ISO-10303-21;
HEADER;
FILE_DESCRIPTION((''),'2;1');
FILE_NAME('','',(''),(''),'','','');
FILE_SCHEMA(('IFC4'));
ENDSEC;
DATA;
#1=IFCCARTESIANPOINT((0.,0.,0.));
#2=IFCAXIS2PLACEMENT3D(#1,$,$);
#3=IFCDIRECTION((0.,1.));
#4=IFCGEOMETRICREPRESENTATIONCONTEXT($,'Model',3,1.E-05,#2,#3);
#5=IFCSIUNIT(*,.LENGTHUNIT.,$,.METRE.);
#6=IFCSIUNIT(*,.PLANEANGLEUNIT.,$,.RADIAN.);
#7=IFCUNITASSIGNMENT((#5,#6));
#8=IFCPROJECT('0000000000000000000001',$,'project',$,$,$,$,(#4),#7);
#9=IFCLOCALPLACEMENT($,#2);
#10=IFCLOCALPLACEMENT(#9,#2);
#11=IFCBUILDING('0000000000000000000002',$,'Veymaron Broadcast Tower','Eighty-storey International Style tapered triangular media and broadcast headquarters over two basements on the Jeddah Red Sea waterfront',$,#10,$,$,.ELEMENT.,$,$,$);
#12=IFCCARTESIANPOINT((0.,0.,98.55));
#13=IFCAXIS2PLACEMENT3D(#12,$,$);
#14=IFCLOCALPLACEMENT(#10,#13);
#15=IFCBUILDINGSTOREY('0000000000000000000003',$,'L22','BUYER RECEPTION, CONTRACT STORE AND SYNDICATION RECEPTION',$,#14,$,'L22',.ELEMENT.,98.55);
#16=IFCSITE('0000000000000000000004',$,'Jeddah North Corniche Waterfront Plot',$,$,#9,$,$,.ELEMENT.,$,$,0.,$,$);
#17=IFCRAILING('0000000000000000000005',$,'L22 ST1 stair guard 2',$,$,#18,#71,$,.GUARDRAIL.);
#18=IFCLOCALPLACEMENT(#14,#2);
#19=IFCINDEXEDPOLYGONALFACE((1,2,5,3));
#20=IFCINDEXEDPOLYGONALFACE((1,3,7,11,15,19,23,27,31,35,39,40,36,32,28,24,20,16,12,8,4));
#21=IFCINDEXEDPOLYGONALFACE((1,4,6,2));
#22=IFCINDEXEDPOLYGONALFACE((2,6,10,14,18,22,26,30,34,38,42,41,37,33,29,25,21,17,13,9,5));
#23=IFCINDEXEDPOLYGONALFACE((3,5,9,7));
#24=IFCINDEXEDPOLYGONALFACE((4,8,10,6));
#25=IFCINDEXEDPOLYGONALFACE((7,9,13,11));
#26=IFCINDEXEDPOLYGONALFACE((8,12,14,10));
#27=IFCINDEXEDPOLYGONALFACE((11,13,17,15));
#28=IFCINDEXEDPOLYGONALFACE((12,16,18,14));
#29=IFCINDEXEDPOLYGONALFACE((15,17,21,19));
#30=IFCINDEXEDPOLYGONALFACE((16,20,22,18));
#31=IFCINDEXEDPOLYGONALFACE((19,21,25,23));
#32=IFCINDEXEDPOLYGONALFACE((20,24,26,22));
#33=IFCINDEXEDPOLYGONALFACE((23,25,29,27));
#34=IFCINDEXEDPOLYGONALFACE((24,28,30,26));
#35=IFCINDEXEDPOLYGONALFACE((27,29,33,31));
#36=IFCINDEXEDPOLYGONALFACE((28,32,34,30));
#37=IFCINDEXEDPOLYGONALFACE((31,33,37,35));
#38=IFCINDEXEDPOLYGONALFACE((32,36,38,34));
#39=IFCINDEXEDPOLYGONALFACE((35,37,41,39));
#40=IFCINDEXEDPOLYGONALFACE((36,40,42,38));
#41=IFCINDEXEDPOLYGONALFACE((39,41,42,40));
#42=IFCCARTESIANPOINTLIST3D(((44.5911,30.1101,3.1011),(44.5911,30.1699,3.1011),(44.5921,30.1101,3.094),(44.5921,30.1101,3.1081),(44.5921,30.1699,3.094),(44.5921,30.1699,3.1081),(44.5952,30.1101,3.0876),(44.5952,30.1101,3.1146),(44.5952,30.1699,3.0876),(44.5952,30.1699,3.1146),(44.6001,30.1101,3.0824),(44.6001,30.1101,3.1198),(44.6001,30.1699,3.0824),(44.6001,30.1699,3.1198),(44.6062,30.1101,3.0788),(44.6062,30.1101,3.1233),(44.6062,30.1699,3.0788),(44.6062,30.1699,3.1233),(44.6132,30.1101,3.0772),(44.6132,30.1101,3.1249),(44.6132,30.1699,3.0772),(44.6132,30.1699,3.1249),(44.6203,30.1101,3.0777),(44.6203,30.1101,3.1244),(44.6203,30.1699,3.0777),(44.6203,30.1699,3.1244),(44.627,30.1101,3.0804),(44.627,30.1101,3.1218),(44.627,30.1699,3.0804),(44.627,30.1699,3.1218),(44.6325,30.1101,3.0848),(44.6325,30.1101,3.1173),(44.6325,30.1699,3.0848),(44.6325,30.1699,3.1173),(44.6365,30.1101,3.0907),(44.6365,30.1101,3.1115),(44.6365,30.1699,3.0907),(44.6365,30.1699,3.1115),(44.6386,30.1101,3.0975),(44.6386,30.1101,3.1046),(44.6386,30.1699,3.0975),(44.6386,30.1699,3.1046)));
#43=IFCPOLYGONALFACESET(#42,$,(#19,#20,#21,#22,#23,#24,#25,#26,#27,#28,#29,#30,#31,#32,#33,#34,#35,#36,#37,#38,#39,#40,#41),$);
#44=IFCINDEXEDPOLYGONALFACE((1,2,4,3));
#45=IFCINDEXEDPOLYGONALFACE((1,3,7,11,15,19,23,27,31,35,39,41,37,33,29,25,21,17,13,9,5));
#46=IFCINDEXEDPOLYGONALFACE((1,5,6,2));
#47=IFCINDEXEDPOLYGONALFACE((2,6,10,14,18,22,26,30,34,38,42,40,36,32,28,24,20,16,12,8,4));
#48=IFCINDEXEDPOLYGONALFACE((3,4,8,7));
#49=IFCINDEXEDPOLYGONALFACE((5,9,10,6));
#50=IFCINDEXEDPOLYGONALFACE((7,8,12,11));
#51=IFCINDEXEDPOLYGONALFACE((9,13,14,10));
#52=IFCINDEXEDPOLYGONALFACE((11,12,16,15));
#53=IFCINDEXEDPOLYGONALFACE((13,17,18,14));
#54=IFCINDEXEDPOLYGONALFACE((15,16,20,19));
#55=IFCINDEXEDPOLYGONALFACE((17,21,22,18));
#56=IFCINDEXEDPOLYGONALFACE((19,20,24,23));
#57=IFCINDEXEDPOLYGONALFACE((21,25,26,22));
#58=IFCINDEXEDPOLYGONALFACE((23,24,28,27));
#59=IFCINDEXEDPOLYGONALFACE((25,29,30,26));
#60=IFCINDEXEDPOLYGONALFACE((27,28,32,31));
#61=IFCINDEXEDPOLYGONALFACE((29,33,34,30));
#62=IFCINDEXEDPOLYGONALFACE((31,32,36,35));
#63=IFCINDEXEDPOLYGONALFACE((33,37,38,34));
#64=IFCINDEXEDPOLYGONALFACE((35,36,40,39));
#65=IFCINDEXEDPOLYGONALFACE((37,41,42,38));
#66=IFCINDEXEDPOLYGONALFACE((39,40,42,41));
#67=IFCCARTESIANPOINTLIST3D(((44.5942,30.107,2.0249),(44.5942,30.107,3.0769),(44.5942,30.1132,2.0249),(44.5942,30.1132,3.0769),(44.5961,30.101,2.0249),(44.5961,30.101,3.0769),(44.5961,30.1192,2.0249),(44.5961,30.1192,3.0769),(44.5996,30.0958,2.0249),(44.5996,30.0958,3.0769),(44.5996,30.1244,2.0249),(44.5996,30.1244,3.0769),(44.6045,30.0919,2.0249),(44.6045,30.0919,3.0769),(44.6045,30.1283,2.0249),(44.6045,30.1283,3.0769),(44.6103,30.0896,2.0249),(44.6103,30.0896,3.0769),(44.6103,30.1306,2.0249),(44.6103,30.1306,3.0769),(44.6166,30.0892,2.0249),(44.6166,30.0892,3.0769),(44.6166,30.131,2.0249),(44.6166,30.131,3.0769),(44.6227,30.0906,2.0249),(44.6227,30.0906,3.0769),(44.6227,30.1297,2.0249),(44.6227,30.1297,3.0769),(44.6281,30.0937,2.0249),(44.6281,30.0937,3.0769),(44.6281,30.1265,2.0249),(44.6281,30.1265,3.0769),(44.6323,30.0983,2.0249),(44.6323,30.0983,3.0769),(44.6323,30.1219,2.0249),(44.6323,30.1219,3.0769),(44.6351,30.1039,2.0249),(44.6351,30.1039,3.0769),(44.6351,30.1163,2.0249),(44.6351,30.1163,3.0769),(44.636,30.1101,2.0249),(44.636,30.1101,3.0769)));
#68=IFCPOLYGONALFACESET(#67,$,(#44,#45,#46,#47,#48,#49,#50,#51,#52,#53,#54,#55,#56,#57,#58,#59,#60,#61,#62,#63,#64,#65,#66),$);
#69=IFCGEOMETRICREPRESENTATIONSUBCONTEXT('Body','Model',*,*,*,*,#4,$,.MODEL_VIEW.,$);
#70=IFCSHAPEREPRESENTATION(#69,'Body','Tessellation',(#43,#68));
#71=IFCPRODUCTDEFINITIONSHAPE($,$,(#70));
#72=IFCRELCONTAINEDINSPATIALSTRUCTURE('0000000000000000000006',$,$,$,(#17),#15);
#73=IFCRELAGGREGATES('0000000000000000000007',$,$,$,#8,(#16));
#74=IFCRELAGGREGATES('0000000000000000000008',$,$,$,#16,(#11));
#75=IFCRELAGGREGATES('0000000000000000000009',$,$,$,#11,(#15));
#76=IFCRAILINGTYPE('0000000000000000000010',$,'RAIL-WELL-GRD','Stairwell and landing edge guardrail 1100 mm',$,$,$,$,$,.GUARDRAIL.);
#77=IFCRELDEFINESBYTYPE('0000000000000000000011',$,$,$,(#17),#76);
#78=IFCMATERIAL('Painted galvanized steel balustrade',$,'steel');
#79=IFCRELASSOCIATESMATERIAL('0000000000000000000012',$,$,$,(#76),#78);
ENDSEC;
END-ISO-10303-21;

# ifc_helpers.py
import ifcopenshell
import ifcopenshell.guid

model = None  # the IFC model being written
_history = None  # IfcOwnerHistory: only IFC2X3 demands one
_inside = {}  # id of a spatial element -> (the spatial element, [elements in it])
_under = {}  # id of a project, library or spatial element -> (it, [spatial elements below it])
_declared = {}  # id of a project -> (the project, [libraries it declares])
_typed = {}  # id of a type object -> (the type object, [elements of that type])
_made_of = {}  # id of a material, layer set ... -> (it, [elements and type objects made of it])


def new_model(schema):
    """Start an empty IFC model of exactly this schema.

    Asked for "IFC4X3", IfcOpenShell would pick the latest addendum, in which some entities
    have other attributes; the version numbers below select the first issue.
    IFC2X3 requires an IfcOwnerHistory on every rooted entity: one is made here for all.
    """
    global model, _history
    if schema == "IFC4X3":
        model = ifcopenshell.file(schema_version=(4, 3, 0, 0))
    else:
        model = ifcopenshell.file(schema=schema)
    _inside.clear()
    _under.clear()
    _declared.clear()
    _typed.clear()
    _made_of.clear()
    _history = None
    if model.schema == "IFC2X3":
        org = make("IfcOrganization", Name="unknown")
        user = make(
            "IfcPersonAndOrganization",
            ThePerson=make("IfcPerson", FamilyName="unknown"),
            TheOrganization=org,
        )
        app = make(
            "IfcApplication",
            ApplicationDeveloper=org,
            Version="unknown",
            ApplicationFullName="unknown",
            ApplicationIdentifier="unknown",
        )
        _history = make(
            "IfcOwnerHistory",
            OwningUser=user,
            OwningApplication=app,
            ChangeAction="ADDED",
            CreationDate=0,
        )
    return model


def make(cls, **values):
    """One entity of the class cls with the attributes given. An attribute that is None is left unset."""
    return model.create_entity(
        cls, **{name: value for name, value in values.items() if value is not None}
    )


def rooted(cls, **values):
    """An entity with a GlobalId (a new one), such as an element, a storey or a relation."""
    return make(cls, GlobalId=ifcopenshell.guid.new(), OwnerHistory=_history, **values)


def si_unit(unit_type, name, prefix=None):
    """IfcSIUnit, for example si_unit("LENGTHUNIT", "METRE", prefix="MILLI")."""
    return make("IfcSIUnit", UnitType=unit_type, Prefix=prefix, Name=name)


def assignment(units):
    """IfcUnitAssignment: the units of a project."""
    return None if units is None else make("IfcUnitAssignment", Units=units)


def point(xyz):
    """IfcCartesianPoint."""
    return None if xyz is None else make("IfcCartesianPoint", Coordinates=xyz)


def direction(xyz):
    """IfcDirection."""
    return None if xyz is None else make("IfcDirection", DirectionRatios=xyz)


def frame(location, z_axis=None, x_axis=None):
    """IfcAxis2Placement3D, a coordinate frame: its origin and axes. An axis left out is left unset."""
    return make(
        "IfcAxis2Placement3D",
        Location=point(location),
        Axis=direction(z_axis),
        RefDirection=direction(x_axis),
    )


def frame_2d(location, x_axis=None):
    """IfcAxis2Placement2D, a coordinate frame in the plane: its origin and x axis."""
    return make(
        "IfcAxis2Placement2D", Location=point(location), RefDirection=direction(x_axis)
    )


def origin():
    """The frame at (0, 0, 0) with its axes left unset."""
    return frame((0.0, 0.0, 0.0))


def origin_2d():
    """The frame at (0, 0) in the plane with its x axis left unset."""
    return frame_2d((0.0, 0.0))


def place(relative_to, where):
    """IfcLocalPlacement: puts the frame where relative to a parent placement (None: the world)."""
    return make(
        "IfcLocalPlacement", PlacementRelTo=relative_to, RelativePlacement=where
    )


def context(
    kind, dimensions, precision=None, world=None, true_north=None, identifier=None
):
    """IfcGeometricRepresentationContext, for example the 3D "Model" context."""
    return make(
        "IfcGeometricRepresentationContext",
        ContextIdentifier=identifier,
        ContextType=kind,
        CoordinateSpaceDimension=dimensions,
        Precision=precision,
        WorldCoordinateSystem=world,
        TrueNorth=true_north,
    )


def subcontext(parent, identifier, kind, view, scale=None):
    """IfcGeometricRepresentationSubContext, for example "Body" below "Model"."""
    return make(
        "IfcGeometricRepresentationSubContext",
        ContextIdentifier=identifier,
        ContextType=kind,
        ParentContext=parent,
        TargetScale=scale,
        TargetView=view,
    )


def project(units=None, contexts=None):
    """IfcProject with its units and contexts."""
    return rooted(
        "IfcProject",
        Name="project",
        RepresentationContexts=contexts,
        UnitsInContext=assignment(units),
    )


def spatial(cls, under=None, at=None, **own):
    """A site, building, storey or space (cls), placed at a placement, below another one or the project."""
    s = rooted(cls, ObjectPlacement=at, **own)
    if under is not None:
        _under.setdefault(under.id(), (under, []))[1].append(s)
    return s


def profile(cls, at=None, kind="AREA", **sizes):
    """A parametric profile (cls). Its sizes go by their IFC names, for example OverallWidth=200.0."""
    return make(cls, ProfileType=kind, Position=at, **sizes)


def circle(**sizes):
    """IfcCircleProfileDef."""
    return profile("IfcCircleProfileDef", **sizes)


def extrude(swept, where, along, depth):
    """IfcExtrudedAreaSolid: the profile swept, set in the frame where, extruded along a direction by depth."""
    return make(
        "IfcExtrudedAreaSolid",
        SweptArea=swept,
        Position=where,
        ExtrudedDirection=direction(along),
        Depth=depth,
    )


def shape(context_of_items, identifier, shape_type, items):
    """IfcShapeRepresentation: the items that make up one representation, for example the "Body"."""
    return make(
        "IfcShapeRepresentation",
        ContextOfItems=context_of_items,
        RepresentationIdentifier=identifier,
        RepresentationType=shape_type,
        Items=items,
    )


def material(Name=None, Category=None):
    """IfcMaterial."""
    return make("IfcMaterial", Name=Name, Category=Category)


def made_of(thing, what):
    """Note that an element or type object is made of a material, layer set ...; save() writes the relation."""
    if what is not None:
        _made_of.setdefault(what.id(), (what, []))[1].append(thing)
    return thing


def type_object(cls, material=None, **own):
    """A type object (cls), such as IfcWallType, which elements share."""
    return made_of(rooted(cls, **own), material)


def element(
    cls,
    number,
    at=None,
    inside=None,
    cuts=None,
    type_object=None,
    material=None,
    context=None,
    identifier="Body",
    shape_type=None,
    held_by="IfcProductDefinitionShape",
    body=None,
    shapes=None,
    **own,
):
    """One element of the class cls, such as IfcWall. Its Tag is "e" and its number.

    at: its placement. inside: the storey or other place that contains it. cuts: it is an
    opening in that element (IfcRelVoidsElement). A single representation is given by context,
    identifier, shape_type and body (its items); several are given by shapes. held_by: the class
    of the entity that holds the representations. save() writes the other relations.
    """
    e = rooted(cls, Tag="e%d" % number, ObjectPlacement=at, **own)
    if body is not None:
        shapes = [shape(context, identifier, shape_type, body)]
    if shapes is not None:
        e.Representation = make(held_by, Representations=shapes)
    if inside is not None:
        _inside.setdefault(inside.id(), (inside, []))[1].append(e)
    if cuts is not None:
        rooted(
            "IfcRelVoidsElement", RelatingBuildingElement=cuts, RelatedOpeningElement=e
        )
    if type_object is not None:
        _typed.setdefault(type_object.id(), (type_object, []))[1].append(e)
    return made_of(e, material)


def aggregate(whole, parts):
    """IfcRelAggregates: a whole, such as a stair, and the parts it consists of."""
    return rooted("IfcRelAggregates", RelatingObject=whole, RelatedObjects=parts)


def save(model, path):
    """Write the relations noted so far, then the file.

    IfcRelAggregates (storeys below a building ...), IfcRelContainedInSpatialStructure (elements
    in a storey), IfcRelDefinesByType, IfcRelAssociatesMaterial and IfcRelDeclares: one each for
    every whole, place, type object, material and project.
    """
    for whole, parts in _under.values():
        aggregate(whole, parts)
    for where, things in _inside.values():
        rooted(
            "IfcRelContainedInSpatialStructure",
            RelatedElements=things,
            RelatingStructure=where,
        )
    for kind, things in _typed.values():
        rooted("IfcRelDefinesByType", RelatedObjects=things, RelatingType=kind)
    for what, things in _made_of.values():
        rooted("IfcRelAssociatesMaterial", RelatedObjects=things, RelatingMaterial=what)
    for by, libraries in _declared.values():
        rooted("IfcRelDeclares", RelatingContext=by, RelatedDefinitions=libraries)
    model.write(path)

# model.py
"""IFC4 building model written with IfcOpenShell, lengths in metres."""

from ifc_helpers import new_model, si_unit, direction, frame, origin, origin_2d, place, context, subcontext, project, spatial, circle, extrude, material, type_object, element, save


model = new_model("IFC4")

# Units and contexts
model_context = context("Model", 3, precision=1e-05, world=origin(), true_north=direction((0.0, 1.0)))
body_context = subcontext(model_context, "Body", "Model", "MODEL_VIEW")
ifc_project = project(units=[si_unit("LENGTHUNIT", "METRE"), si_unit("PLANEANGLEUNIT", "RADIAN")], contexts=[model_context])

# Site, building, storey
site_placement = place(None, origin())
site = spatial("IfcSite", under=ifc_project, at=site_placement, Name="Jeddah North Corniche Waterfront Plot", CompositionType="ELEMENT", RefElevation=0.0)
building_placement = place(site_placement, origin())
building = spatial("IfcBuilding", under=site, at=building_placement, Name="Veymaron Broadcast Tower", Description="Eighty-storey International Style tapered triangular media and broadcast headquarters over two basements on the Jeddah Red Sea waterfront", CompositionType="ELEMENT")
storey_placement = place(building_placement, frame((0.0, 0.0, 98.55)))
storey = spatial("IfcBuildingStorey", under=building, at=storey_placement, Name="L22", Description="BUYER RECEPTION, CONTRACT STORE AND SYNDICATION RECEPTION", LongName="L22", CompositionType="ELEMENT", Elevation=98.55)

# Railing
ifc_material_1 = material(Name="Painted galvanized steel balustrade", Category="steel")
railing_type_1 = type_object("IfcRailingType", Name="RAIL-WELL-GRD", Description="Stairwell and landing edge guardrail 1100 mm", PredefinedType="GUARDRAIL", material=ifc_material_1)
railing_1_placement = place(storey_placement, frame((44.615, 30.1101, 2.0249)))
element("IfcRailing", 1, at=railing_1_placement, inside=storey, type_object=railing_type_1, Name="L22 ST1 stair guard 2", PredefinedType="GUARDRAIL", context=body_context, shape_type="SweptSolid", body=[
    extrude(circle(Radius=0.0239, at=origin_2d()), frame((0.0, 0.0, 1.0762), z_axis=(0.0, 1.0, 0.0), x_axis=(-1.0, 0.0, 0.0)), (0.0, 0.0, 1.0), 0.0598),
    extrude(circle(Radius=0.021, at=origin_2d()), origin(), (0.0, 0.0, 1.0), 1.052),
])

save(model, "model.ifc")
